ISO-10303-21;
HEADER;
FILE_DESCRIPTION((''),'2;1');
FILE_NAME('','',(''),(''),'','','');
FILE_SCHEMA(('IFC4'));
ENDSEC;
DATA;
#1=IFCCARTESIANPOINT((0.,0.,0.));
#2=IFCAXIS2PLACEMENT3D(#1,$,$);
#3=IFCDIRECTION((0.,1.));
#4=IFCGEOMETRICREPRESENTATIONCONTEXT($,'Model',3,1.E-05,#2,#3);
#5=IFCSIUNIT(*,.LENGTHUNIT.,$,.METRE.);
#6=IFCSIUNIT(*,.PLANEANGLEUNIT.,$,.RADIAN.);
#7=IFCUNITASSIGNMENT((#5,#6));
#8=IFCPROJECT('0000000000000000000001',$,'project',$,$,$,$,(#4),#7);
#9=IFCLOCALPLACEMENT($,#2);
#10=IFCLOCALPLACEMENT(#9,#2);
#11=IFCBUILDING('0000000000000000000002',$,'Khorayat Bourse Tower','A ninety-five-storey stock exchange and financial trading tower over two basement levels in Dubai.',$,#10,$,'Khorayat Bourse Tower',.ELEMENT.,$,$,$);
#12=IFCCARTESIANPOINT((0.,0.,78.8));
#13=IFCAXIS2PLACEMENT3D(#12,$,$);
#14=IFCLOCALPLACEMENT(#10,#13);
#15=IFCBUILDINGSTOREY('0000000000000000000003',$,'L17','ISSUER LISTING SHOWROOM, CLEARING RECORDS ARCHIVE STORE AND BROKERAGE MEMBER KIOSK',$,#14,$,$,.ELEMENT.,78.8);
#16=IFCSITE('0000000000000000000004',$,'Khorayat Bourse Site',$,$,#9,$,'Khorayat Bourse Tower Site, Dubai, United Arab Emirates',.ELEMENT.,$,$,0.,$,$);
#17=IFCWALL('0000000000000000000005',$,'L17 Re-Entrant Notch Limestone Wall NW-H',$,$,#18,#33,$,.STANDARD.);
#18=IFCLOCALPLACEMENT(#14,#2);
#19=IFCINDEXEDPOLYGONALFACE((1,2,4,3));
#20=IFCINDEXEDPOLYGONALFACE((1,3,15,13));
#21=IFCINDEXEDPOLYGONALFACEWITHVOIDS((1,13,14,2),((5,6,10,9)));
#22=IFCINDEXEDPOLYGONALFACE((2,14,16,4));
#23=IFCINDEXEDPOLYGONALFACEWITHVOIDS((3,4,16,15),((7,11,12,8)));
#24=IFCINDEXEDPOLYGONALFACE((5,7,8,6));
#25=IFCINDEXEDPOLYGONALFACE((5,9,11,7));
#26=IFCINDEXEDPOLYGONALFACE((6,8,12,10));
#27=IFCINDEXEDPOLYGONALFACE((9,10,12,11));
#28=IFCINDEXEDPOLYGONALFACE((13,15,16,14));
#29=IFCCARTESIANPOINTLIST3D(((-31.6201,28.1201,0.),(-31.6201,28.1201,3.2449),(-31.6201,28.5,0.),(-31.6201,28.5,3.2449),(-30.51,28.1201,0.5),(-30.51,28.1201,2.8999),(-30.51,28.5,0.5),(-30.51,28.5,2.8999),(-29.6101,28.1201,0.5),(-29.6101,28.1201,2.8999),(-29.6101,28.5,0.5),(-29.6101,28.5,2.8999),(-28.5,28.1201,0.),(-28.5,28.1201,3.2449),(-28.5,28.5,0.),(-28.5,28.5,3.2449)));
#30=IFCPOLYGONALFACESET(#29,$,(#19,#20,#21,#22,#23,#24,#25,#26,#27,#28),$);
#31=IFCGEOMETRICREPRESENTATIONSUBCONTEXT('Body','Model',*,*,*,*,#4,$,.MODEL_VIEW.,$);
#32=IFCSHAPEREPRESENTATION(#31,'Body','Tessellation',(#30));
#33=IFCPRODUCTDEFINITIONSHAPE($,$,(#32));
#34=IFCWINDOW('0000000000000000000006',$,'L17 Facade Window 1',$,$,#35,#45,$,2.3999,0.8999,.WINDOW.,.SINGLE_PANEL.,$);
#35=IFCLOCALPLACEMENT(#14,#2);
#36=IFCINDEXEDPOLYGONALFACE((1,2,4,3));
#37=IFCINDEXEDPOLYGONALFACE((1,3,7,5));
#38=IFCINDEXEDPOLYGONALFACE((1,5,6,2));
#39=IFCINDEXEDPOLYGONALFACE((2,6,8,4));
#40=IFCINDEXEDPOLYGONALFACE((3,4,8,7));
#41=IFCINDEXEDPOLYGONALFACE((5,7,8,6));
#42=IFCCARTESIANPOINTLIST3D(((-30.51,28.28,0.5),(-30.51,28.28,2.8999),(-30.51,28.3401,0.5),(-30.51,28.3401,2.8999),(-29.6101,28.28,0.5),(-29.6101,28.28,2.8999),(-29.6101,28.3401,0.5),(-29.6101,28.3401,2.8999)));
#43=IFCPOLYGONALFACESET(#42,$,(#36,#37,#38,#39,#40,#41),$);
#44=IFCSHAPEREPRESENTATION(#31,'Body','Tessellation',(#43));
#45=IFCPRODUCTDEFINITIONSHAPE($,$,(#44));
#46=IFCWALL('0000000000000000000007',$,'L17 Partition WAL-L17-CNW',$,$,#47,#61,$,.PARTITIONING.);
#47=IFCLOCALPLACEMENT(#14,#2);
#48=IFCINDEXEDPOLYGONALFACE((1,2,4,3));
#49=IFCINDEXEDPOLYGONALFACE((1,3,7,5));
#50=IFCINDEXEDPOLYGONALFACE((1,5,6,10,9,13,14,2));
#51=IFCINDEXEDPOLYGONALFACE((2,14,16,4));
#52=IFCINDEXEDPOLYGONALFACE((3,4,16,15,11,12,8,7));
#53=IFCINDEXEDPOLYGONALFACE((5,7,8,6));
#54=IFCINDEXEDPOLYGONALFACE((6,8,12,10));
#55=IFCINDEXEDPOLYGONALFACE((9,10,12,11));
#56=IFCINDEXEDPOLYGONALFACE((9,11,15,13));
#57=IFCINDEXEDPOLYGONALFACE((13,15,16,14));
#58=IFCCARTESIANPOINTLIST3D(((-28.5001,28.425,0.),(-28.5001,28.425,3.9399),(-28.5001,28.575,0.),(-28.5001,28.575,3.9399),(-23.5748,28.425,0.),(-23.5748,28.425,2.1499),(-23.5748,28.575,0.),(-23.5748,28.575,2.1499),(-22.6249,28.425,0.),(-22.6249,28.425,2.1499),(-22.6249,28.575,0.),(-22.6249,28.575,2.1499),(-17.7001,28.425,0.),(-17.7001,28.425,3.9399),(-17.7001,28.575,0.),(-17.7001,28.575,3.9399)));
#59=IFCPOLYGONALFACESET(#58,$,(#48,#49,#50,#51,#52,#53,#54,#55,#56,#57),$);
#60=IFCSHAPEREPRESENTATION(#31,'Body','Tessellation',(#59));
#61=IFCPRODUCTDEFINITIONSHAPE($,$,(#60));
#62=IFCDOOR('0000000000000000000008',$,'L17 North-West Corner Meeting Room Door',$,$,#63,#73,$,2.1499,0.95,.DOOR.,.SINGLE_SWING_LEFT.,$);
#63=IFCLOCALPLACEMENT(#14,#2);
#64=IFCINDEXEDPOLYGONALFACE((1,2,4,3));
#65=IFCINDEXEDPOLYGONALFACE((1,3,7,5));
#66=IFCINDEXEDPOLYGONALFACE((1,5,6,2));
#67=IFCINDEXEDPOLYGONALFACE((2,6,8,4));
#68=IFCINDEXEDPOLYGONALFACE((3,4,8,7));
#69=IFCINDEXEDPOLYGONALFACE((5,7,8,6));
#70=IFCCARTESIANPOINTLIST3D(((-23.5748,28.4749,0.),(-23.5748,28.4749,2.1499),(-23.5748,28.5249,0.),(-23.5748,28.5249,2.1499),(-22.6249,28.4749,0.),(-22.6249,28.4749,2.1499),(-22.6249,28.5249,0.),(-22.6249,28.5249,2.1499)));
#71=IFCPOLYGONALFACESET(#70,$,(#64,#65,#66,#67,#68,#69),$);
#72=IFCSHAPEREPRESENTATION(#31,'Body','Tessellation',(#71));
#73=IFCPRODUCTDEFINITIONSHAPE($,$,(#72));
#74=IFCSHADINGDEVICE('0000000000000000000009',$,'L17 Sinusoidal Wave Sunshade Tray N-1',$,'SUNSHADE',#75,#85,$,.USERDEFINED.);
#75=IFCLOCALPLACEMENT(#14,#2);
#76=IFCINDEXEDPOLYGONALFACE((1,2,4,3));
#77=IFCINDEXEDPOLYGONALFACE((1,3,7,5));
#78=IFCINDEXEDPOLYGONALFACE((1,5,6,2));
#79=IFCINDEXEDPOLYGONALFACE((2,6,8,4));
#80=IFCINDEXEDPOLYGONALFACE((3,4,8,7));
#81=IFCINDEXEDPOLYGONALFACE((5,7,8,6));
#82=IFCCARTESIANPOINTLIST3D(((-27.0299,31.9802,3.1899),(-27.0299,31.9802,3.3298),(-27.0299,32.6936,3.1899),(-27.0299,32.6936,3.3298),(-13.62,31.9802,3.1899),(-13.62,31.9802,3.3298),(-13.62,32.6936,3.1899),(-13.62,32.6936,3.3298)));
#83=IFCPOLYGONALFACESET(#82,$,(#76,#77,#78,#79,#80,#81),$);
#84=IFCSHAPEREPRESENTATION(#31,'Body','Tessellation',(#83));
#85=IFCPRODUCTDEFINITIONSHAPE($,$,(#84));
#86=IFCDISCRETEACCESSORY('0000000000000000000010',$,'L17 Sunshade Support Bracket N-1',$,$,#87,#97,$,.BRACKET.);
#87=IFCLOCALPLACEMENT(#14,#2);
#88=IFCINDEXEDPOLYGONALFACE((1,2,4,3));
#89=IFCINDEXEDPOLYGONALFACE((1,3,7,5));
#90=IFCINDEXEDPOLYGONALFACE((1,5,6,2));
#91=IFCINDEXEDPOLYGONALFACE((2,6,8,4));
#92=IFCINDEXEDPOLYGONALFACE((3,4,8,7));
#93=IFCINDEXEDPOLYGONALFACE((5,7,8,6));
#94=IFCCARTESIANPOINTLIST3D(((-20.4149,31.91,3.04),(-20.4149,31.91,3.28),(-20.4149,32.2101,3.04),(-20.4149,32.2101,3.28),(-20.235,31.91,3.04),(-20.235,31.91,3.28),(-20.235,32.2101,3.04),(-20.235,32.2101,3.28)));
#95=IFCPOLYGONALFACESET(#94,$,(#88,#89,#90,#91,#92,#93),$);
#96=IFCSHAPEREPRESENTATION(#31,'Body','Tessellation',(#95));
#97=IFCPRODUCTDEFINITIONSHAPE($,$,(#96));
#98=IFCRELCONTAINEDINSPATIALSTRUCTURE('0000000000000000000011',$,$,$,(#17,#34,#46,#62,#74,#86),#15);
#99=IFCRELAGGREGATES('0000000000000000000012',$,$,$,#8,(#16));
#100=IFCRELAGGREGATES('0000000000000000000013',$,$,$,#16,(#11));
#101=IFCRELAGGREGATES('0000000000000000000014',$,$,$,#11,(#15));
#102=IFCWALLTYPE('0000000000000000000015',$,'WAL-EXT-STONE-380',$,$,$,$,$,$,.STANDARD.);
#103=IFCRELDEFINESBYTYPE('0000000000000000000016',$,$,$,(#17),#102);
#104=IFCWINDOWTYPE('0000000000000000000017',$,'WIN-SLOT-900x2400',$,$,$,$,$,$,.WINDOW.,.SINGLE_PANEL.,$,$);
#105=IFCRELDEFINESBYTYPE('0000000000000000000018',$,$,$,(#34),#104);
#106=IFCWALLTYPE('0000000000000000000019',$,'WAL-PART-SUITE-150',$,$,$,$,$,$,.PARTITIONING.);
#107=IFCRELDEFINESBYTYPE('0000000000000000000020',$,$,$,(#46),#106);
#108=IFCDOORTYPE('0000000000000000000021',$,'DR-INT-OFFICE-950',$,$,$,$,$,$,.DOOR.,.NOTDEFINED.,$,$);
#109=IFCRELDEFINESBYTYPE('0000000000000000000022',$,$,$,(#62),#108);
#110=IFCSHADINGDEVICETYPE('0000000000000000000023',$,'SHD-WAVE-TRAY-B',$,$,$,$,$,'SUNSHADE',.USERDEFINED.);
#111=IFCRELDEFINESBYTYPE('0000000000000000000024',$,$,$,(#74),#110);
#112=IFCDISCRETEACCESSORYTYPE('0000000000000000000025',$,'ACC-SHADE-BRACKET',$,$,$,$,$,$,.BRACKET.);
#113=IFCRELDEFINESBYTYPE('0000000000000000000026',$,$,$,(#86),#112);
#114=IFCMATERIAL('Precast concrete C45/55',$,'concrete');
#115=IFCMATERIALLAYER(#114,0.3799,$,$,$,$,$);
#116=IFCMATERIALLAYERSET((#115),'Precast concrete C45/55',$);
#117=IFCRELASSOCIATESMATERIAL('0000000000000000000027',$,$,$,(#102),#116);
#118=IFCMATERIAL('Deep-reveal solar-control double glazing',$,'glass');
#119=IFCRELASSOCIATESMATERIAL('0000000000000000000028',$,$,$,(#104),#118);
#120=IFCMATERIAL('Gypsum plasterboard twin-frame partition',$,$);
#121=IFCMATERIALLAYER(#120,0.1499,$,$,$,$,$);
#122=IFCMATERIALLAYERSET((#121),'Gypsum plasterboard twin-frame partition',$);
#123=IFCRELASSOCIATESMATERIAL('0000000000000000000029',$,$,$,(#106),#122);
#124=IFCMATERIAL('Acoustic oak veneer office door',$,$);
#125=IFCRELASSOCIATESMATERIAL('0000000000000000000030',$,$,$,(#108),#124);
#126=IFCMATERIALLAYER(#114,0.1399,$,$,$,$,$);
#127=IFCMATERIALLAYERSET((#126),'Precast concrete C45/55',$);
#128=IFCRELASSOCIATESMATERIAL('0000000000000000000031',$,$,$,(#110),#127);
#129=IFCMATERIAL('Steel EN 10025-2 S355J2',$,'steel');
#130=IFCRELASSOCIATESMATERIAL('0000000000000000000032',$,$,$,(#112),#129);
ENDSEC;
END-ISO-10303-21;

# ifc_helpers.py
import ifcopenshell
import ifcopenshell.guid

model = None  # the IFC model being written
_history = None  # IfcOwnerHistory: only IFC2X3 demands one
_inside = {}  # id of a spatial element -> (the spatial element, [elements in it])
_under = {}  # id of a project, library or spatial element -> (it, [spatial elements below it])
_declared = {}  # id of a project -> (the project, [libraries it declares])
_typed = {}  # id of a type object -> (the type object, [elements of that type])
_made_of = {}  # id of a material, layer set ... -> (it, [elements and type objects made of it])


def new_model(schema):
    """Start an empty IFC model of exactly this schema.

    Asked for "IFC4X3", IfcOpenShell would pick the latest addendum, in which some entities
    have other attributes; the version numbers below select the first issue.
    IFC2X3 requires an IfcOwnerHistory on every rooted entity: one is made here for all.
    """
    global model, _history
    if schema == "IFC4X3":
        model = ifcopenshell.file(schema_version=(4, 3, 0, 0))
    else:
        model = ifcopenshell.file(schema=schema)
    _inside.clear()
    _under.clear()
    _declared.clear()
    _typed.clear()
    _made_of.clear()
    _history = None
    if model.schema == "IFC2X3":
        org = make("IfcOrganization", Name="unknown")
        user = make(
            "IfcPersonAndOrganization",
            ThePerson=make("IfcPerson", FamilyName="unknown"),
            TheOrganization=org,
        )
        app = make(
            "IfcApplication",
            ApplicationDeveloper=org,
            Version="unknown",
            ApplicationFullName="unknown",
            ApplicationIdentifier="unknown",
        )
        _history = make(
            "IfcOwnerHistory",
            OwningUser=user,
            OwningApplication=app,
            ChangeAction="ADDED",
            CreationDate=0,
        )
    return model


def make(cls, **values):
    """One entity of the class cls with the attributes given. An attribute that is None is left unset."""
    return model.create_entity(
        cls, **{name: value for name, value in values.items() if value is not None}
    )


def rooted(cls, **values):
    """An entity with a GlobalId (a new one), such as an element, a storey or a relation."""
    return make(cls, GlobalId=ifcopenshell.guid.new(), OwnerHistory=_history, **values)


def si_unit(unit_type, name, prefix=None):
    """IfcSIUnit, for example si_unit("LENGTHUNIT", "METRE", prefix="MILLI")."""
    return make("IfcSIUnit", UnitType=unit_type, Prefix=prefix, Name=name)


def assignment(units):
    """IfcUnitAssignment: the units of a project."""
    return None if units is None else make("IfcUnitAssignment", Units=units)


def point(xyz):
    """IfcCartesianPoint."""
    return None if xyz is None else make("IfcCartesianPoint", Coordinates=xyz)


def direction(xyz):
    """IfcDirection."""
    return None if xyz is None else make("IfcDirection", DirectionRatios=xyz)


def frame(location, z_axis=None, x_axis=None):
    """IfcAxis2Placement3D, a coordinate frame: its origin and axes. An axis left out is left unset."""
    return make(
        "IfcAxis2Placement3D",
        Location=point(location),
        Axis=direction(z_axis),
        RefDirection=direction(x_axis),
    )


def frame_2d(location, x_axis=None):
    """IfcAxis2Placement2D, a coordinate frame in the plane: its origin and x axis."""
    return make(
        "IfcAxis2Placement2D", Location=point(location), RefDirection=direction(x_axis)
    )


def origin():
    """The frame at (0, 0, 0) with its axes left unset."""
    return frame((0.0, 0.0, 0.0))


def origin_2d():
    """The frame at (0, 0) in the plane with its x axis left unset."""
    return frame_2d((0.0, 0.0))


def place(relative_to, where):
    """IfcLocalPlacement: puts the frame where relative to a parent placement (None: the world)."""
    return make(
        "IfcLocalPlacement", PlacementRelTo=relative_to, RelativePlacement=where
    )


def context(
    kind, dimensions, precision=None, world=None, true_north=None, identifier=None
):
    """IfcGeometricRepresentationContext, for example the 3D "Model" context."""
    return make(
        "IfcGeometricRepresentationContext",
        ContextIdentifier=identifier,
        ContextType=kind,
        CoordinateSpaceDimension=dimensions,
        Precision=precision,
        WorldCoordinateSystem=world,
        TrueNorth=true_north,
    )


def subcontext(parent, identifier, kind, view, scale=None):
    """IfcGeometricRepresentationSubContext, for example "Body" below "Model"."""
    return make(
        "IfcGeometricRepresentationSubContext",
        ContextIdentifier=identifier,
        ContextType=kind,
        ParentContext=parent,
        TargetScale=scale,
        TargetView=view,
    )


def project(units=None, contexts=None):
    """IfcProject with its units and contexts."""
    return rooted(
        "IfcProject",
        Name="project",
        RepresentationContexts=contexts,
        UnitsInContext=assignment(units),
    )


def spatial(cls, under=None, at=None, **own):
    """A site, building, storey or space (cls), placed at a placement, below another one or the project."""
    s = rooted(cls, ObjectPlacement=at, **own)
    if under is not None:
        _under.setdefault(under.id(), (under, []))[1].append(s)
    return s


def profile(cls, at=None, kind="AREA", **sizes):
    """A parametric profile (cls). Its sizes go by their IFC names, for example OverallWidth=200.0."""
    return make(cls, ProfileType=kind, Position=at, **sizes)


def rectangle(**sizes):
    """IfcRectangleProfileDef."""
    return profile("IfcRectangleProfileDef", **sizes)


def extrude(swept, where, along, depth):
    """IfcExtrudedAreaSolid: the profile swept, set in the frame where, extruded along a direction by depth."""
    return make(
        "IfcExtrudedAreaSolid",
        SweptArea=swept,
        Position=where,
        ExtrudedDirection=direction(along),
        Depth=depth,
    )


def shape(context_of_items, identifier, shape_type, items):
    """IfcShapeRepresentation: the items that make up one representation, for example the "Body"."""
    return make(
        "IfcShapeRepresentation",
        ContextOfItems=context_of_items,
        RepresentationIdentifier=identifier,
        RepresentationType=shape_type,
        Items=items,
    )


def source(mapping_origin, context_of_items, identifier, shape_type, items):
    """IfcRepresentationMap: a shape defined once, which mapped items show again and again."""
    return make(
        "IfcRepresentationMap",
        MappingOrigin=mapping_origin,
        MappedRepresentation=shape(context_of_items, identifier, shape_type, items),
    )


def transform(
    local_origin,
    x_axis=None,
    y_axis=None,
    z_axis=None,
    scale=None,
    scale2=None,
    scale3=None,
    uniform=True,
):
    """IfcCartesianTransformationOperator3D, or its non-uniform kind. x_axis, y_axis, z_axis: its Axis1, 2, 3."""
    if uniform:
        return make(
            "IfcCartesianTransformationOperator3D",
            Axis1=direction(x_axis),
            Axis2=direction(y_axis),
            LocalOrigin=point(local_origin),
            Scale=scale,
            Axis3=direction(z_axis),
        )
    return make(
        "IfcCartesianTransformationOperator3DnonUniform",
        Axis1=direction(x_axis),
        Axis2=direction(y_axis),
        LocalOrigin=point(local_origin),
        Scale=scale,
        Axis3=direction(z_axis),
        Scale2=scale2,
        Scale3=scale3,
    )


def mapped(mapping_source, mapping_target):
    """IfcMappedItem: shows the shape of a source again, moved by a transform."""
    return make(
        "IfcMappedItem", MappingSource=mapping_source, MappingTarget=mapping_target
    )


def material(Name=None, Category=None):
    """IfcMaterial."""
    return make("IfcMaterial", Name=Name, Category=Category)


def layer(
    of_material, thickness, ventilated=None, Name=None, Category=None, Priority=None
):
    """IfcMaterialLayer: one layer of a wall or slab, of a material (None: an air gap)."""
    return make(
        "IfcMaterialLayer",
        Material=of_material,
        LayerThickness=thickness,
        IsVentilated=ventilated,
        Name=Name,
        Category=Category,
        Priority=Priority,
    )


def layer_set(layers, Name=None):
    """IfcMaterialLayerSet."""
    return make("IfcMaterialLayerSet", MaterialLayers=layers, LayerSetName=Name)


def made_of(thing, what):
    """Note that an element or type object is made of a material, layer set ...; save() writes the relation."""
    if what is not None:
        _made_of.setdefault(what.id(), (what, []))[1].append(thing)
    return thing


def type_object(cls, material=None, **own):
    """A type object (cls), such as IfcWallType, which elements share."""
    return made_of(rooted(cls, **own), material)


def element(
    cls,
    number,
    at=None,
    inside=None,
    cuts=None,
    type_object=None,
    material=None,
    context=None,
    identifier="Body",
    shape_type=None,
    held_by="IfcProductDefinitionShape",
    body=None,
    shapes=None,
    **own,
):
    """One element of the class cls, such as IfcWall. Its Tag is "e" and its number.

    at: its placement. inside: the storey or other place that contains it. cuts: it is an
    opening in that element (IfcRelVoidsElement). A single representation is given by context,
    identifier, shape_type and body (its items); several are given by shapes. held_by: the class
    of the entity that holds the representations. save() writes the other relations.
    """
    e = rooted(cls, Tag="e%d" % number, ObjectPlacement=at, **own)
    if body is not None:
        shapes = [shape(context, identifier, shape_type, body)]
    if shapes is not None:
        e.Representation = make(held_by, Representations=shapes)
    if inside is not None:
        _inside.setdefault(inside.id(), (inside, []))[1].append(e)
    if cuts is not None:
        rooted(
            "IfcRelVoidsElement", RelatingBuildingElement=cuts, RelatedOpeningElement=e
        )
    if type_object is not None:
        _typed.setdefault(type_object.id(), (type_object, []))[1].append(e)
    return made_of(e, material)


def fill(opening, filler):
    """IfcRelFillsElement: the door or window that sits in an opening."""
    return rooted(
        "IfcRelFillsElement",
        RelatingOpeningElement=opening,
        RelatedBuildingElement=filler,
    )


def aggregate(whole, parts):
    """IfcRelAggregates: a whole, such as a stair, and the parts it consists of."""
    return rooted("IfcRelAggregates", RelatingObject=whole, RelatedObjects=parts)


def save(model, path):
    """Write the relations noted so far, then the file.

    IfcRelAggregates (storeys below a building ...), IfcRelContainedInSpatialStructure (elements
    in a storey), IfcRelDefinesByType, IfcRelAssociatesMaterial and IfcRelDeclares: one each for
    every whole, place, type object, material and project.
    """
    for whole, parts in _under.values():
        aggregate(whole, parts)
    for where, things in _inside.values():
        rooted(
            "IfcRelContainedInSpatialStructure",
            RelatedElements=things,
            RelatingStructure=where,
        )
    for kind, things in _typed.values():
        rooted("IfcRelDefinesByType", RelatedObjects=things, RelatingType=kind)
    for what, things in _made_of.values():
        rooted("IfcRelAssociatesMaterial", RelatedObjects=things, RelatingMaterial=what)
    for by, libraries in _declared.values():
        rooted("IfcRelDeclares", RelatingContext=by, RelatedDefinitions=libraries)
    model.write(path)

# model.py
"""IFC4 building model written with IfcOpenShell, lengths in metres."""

from ifc_helpers import new_model, si_unit, direction, frame, frame_2d, origin, origin_2d, place, context, subcontext, project, spatial, rectangle, extrude, source, transform, mapped, material, layer, layer_set, type_object, element, fill, save


model = new_model("IFC4")

# Units and contexts
model_context = context("Model", 3, precision=1e-05, world=origin(), true_north=direction((0.0, 1.0)))
body_context = subcontext(model_context, "Body", "Model", "MODEL_VIEW")
ifc_project = project(units=[si_unit("LENGTHUNIT", "METRE"), si_unit("PLANEANGLEUNIT", "RADIAN")], contexts=[model_context])

# Site, building, storey
site_placement = place(None, origin())
site = spatial("IfcSite", under=ifc_project, at=site_placement, Name="Khorayat Bourse Site", LongName="Khorayat Bourse Tower Site, Dubai, United Arab Emirates", CompositionType="ELEMENT", RefElevation=0.0)
building_placement = place(site_placement, origin())
building = spatial("IfcBuilding", under=site, at=building_placement, Name="Khorayat Bourse Tower", Description="A ninety-five-storey stock exchange and financial trading tower over two basement levels in Dubai.", LongName="Khorayat Bourse Tower", CompositionType="ELEMENT")
storey_placement = place(building_placement, frame((0.0, 0.0, 78.8)))
storey = spatial("IfcBuildingStorey", under=building, at=storey_placement, Name="L17", Description="ISSUER LISTING SHOWROOM, CLEARING RECORDS ARCHIVE STORE AND BROKERAGE MEMBER KIOSK", CompositionType="ELEMENT", Elevation=78.8)

# Wall, opening, window
ifc_material_1 = material(Name="Precast concrete C45/55", Category="concrete")
ifc_layer_1 = layer(ifc_material_1, 0.3799)
ifc_layer_set_1 = layer_set([ifc_layer_1], Name="Precast concrete C45/55")
wall_type_1 = type_object("IfcWallType", Name="WAL-EXT-STONE-380", PredefinedType="STANDARD", material=ifc_layer_set_1)
shared_shape_1 = source(origin(), body_context, "Body", "SweptSolid", [
    extrude(rectangle(XDim=3.1201, YDim=0.3799, at=frame_2d((1.5601, 0.0))), origin(), (0.0, 0.0, 1.0), 3.2449),
])
shared_shape_2 = source(origin(), body_context, "Body", "SweptSolid", [
    extrude(rectangle(XDim=0.8999, YDim=2.3999, at=frame_2d((0.45, 1.2))), frame((0.0, 0.2, 0.0), z_axis=(0.0, -1.0, 0.0), x_axis=(1.0, 0.0, 0.0)), (0.0, 0.0, 1.0), 0.3999),
])
ifc_material_2 = material(Name="Deep-reveal solar-control double glazing", Category="glass")
window_type = type_object("IfcWindowType", Name="WIN-SLOT-900x2400", PartitioningType="SINGLE_PANEL", PredefinedType="WINDOW", material=ifc_material_2)
shared_shape_3 = source(origin(), body_context, "Body", "SweptSolid", [
    extrude(rectangle(XDim=0.8999, YDim=2.3999, at=frame_2d((0.45, 1.2))), frame((0.0, 0.03, 0.0), z_axis=(0.0, -1.0, 0.0), x_axis=(1.0, 0.0, 0.0)), (0.0, 0.0, 1.0), 0.0601),
])
wall_1_placement = place(storey_placement, frame((-28.5, 28.3101, 0.0), z_axis=(0.0, 0.0, 1.0), x_axis=(-1.0, 0.0, 0.0)))
wall_1 = element("IfcWall", 1, at=wall_1_placement, inside=storey, type_object=wall_type_1, Name="L17 Re-Entrant Notch Limestone Wall NW-H", PredefinedType="STANDARD", context=body_context, shape_type="MappedRepresentation", body=[
    mapped(shared_shape_1, transform((0.0, 0.0, 0.0), scale=1.0)),
])
opening_1_placement = place(wall_1_placement, frame((1.1101, 0.0, 0.5)))
opening_1 = element("IfcOpeningElement", 2, at=opening_1_placement, cuts=wall_1, PredefinedType="OPENING", context=body_context, shape_type="MappedRepresentation", body=[
    mapped(shared_shape_2, transform((0.0, 0.0, 0.0), scale=1.0)),
])
window_1_placement = place(opening_1_placement, origin())
window_1 = element("IfcWindow", 3, at=window_1_placement, inside=storey, type_object=window_type, Name="L17 Facade Window 1", OverallHeight=2.3999, OverallWidth=0.8999, PartitioningType="SINGLE_PANEL", PredefinedType="WINDOW", context=body_context, shape_type="MappedRepresentation", body=[
    mapped(shared_shape_3, transform((0.0, 0.0, 0.0), scale=1.0)),
])
fill(opening_1, window_1)

# Wall, opening, door
ifc_material_3 = material(Name="Gypsum plasterboard twin-frame partition")
ifc_layer_2 = layer(ifc_material_3, 0.1499)
ifc_layer_set_2 = layer_set([ifc_layer_2], Name="Gypsum plasterboard twin-frame partition")
wall_type_2 = type_object("IfcWallType", Name="WAL-PART-SUITE-150", PredefinedType="PARTITIONING", material=ifc_layer_set_2)
shared_shape_4 = source(origin(), body_context, "Body", "SweptSolid", [
    extrude(rectangle(XDim=10.8, YDim=0.1499, at=frame_2d((5.3999, 0.0))), origin(), (0.0, 0.0, 1.0), 3.9399),
])
wall_2_placement = place(storey_placement, frame((-28.5, 28.5, 0.0), z_axis=(0.0, 0.0, 1.0), x_axis=(1.0, 0.0, 0.0)))
wall_2 = element("IfcWall", 4, at=wall_2_placement, inside=storey, type_object=wall_type_2, Name="L17 Partition WAL-L17-CNW", PredefinedType="PARTITIONING", context=body_context, shape_type="MappedRepresentation", body=[
    mapped(shared_shape_4, transform((0.0, 0.0, 0.0), scale=1.0)),
])
shared_shape_5 = source(origin(), body_context, "Body", "SweptSolid", [
    extrude(rectangle(XDim=0.95, YDim=2.1499, at=frame_2d((0.4751, 1.075))), frame((0.0, 0.085, 0.0), z_axis=(0.0, -1.0, 0.0), x_axis=(1.0, 0.0, 0.0)), (0.0, 0.0, 1.0), 0.1699),
])
opening_2_placement = place(wall_2_placement, frame((4.925, 0.0, 0.0)))
opening_2 = element("IfcOpeningElement", 5, at=opening_2_placement, cuts=wall_2, PredefinedType="OPENING", context=body_context, shape_type="MappedRepresentation", body=[
    mapped(shared_shape_5, transform((0.0, 0.0, 0.0), scale=1.0)),
])
ifc_material_4 = material(Name="Acoustic oak veneer office door")
door_type = type_object("IfcDoorType", Name="DR-INT-OFFICE-950", OperationType="NOTDEFINED", PredefinedType="DOOR", material=ifc_material_4)
shared_shape_6 = source(origin(), body_context, "Body", "SweptSolid", [
    extrude(rectangle(XDim=0.95, YDim=2.1499, at=frame_2d((0.4751, 1.075))), frame((0.0, 0.0249, 0.0), z_axis=(0.0, -1.0, 0.0), x_axis=(1.0, 0.0, 0.0)), (0.0, 0.0, 1.0), 0.05),
])
door_placement = place(opening_2_placement, origin())
door = element("IfcDoor", 6, at=door_placement, inside=storey, type_object=door_type, Name="L17 North-West Corner Meeting Room Door", OperationType="SINGLE_SWING_LEFT", OverallHeight=2.1499, OverallWidth=0.95, PredefinedType="DOOR", context=body_context, shape_type="MappedRepresentation", body=[
    mapped(shared_shape_6, transform((0.0, 0.0, 0.0), scale=1.0)),
])
fill(opening_2, door)

# Shading device
ifc_layer_3 = layer(ifc_material_1, 0.1399)
ifc_layer_set_3 = layer_set([ifc_layer_3], Name="Precast concrete C45/55")
shading_device_type = type_object("IfcShadingDeviceType", Name="SHD-WAVE-TRAY-B", ElementType="SUNSHADE", PredefinedType="USERDEFINED", material=ifc_layer_set_3)
shared_shape_7 = source(origin(), body_context, "Body", "SweptSolid", [
    extrude(rectangle(XDim=13.4099, YDim=0.7134, at=origin_2d()), origin(), (0.0, 0.0, 1.0), 0.1399),
])
shading_device_placement = place(storey_placement, frame((-20.325, 32.3369, 3.1899), z_axis=(0.0, 0.0, 1.0), x_axis=(1.0, 0.0, 0.0)))
element("IfcShadingDevice", 7, at=shading_device_placement, inside=storey, type_object=shading_device_type, Name="L17 Sinusoidal Wave Sunshade Tray N-1", ObjectType="SUNSHADE", PredefinedType="USERDEFINED", context=body_context, shape_type="MappedRepresentation", body=[
    mapped(shared_shape_7, transform((0.0, 0.0, 0.0), scale=1.0)),
])

# Discrete accessory
ifc_material_5 = material(Name="Steel EN 10025-2 S355J2", Category="steel")
discrete_accessory_type = type_object("IfcDiscreteAccessoryType", Name="ACC-SHADE-BRACKET", PredefinedType="BRACKET", material=ifc_material_5)
shared_shape_8 = source(origin(), body_context, "Body", "SweptSolid", [
    extrude(rectangle(XDim=0.1799, YDim=0.3, at=origin_2d()), origin(), (0.0, 0.0, 1.0), 0.24),
])
discrete_accessory_placement = place(storey_placement, frame((-20.325, 32.0601, 3.04), z_axis=(0.0, 0.0, 1.0), x_axis=(1.0, 0.0, 0.0)))
element("IfcDiscreteAccessory", 8, at=discrete_accessory_placement, inside=storey, type_object=discrete_accessory_type, Name="L17 Sunshade Support Bracket N-1", PredefinedType="BRACKET", context=body_context, shape_type="MappedRepresentation", body=[
    mapped(shared_shape_8, transform((0.0, 0.0, 0.0), scale=1.0)),
])

save(model, "model.ifc")
